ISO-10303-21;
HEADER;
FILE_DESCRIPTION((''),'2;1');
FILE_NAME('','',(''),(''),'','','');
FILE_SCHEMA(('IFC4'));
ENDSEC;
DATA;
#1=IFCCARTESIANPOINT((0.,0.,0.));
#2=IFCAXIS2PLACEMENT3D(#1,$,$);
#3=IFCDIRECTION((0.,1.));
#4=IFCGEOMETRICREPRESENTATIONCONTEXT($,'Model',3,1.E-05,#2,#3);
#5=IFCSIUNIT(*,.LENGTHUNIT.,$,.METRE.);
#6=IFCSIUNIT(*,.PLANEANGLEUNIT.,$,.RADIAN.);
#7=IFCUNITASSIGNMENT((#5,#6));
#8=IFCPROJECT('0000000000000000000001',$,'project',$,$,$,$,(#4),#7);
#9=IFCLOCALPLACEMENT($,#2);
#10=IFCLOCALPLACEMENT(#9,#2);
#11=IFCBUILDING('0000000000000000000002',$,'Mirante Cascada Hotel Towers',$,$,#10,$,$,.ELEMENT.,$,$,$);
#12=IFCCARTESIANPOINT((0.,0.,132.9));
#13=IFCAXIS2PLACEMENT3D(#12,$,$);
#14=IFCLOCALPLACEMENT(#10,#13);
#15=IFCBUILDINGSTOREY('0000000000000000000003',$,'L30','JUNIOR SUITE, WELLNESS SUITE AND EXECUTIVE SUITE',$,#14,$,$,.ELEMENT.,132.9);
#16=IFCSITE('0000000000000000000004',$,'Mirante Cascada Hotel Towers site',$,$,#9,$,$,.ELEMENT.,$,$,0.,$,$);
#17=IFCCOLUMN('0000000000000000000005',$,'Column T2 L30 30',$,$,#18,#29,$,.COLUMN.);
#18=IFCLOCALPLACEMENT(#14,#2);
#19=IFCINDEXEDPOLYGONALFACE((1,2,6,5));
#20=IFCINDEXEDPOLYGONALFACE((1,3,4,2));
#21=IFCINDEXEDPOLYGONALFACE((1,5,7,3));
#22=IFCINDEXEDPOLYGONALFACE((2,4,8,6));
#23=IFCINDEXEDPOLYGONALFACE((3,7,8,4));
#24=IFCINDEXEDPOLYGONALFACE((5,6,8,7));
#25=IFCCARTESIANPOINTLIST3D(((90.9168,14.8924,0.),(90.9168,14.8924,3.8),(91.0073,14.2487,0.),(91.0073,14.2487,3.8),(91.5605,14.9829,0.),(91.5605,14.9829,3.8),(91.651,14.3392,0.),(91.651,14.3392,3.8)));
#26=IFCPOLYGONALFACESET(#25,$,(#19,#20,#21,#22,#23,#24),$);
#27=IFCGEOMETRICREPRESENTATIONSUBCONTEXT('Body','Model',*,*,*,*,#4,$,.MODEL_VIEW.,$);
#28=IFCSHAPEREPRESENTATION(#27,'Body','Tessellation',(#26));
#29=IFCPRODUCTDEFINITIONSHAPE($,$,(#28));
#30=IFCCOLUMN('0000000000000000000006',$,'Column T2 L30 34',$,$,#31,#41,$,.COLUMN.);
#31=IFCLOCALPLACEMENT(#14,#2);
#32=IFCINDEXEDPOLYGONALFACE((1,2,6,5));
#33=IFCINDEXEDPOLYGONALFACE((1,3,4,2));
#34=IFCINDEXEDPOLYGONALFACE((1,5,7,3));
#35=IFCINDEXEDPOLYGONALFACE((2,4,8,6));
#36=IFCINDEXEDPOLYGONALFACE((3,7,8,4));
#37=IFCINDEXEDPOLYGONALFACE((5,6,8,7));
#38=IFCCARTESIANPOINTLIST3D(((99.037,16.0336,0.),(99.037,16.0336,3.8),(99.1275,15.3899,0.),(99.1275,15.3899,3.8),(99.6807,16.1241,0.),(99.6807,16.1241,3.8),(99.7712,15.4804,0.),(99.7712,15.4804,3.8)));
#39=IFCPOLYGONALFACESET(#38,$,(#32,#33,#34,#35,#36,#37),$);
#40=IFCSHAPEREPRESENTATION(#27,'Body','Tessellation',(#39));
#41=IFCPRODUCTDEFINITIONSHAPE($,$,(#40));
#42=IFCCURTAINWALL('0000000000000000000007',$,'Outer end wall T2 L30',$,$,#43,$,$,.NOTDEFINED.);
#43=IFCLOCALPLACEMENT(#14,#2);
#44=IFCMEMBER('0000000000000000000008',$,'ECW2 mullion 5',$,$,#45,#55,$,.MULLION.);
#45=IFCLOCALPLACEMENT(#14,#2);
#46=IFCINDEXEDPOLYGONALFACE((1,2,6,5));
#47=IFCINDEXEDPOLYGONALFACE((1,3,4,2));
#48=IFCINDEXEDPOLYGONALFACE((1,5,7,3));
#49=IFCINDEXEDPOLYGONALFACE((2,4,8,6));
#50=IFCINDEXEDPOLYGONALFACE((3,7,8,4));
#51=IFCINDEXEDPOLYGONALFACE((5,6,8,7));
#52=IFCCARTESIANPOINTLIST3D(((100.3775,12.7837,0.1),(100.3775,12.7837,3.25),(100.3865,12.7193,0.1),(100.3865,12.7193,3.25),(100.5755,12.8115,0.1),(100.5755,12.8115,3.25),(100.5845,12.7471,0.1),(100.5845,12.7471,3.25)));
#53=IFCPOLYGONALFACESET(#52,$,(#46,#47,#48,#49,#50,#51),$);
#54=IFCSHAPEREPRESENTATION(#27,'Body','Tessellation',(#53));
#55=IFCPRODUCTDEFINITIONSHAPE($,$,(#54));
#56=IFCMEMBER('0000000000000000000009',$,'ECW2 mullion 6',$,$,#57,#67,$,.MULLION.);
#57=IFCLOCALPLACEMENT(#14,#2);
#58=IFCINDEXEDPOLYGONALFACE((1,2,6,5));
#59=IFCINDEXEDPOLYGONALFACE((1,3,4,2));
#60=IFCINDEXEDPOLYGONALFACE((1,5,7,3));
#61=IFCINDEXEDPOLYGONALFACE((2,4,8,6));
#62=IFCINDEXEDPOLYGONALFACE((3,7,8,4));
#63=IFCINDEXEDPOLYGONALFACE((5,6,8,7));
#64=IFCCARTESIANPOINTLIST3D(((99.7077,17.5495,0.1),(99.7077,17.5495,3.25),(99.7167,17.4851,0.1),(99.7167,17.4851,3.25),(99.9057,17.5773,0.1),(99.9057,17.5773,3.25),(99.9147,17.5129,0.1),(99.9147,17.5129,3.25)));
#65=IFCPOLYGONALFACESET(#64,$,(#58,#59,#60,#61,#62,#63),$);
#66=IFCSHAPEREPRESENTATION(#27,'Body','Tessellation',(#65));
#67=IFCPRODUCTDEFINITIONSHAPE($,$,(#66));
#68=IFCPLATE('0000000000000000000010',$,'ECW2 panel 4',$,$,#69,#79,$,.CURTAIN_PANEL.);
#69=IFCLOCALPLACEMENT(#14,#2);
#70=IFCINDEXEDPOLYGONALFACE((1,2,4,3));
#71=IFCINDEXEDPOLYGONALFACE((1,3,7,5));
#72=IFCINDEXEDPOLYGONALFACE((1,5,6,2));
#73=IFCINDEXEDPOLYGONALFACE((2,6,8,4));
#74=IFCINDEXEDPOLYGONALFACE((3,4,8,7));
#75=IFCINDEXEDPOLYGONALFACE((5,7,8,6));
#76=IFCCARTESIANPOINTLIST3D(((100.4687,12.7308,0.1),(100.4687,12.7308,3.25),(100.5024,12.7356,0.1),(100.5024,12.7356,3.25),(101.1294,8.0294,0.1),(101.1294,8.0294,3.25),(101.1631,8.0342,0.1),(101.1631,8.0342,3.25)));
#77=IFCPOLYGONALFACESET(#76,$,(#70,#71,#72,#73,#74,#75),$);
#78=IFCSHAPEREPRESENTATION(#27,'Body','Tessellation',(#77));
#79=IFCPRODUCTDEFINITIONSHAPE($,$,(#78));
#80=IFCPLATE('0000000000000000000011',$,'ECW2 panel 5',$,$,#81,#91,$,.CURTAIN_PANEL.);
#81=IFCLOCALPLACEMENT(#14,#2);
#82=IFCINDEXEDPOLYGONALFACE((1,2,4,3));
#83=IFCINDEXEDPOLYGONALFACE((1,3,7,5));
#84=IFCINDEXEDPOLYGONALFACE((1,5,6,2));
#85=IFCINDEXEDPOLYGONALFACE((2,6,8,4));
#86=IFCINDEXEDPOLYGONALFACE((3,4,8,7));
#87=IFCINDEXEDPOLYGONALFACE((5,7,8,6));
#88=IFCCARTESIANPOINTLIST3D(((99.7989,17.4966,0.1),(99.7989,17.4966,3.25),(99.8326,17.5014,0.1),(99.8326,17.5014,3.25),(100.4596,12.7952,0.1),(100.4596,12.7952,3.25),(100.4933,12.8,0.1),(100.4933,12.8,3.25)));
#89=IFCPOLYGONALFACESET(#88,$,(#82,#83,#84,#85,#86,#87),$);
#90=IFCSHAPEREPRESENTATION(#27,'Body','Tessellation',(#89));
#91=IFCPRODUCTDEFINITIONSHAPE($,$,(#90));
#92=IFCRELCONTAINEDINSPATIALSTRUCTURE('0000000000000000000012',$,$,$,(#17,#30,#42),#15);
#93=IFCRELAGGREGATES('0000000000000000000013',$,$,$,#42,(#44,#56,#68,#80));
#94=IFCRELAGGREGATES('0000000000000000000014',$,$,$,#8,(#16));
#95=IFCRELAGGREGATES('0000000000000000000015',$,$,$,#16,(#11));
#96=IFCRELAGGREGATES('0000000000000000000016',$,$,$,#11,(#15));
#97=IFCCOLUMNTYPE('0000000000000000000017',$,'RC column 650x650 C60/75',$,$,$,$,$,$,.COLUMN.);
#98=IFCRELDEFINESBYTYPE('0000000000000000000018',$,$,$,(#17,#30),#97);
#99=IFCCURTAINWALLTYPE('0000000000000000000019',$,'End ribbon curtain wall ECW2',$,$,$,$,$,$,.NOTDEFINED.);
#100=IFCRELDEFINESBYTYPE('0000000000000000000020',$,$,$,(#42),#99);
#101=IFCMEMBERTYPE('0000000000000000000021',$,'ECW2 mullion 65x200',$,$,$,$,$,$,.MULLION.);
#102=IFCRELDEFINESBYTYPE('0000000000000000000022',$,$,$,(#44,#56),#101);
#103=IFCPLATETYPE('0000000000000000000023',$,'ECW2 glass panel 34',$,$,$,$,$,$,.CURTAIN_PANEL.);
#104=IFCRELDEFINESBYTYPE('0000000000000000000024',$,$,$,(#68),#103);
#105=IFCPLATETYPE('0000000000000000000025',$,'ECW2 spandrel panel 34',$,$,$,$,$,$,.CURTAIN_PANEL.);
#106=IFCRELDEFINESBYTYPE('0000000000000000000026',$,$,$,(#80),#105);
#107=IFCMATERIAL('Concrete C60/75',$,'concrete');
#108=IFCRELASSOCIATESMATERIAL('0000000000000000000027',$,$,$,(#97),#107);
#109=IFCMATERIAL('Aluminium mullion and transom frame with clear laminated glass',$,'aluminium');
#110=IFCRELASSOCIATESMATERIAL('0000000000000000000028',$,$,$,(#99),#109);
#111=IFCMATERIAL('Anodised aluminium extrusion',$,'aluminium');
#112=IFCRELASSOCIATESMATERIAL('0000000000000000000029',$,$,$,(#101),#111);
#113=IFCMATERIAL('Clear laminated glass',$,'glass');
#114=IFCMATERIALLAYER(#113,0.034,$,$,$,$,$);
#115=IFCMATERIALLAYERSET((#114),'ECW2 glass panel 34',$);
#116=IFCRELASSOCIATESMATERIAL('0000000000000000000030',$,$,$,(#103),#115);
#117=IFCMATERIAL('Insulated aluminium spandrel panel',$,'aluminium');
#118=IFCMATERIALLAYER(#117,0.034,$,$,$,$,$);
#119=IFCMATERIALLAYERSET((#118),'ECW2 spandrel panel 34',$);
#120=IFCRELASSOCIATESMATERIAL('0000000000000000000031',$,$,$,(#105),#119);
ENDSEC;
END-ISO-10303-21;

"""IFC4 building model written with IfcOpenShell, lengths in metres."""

from ifc_helpers import new_model, si_unit, direction, frame, origin, origin_2d, place, context, subcontext, project, spatial, rectangle, extrude, material, layer, layer_set, material_profile, profile_set, type_object, element, aggregate, save


model = new_model("IFC4")

# Units and contexts
model_context = context("Model", 3, precision=1e-05, world=origin(), true_north=direction((0.0, 1.0)))
body_context = subcontext(model_context, "Body", "Model", "MODEL_VIEW")
ifc_project = project(units=[si_unit("LENGTHUNIT", "METRE"), si_unit("PLANEANGLEUNIT", "RADIAN")], contexts=[model_context])

# Site, building, storey
site_placement = place(None, origin())
site = spatial("IfcSite", under=ifc_project, at=site_placement, Name="Mirante Cascada Hotel Towers site", CompositionType="ELEMENT", RefElevation=0.0)
building_placement = place(site_placement, origin())
building = spatial("IfcBuilding", under=site, at=building_placement, Name="Mirante Cascada Hotel Towers", CompositionType="ELEMENT")
storey_placement = place(building_placement, frame((0.0, 0.0, 132.9)))
storey = spatial("IfcBuildingStorey", under=building, at=storey_placement, Name="L30", Description="JUNIOR SUITE, WELLNESS SUITE AND EXECUTIVE SUITE", CompositionType="ELEMENT", Elevation=132.9)

# Columns
ifc_material_1 = material(Name="Concrete C60/75", Category="concrete")
ifc_material_profile_1 = material_profile(ifc_material_1, rectangle(XDim=0.65, YDim=0.65, at=origin_2d()), Name="RC column 650x650 C60/75")
ifc_profile_set_1 = profile_set([ifc_material_profile_1], Name="Concrete C60/75")
column_type = type_object("IfcColumnType", Name="RC column 650x650 C60/75", PredefinedType="COLUMN", material=ifc_profile_set_1)
for number, where, z_axis, x_axis, name in (
    (1, (91.2839, 14.6158, 0.0), (0.0, 0.0, 1.0), (0.990268, 0.139173, 0.0), "Column T2 L30 30"),
    (2, (99.4041, 15.757, 0.0), (0.0, 0.0, 1.0), (0.990268, 0.139173, 0.0), "Column T2 L30 34"),
):
    element("IfcColumn", number, at=place(storey_placement, frame(where, z_axis=z_axis, x_axis=x_axis)), inside=storey, type_object=column_type, Name=name, PredefinedType="COLUMN", context=body_context, shape_type="SweptSolid", body=[
        extrude(rectangle(XDim=0.65, YDim=0.65, at=origin_2d()), origin(), (0.0, 0.0, 1.0), 3.8),
    ])

# Curtain wall, members, plates
ifc_material_2 = material(Name="Aluminium mullion and transom frame with clear laminated glass", Category="aluminium")
curtain_wall_type = type_object("IfcCurtainWallType", Name="End ribbon curtain wall ECW2", PredefinedType="NOTDEFINED", material=ifc_material_2)
curtain_wall_placement = place(storey_placement, origin())
curtain_wall = element("IfcCurtainWall", 3, at=curtain_wall_placement, inside=storey, type_object=curtain_wall_type, Name="Outer end wall T2 L30", PredefinedType="NOTDEFINED")
ifc_material_3 = material(Name="Anodised aluminium extrusion", Category="aluminium")
ifc_material_profile_2 = material_profile(ifc_material_3, rectangle(XDim=0.2, YDim=0.065, at=origin_2d()), Name="ECW2 MULLION 65x200")
ifc_profile_set_2 = profile_set([ifc_material_profile_2], Name="Anodised aluminium extrusion")
member_type = type_object("IfcMemberType", Name="ECW2 mullion 65x200", PredefinedType="MULLION", material=ifc_profile_set_2)
member_1_placement = place(storey_placement, frame((100.481, 12.7654, 0.1), z_axis=(0.0, 0.0, 1.0), x_axis=(-0.990268, -0.139173, 0.0)))
member_1 = element("IfcMember", 4, at=member_1_placement, type_object=member_type, Name="ECW2 mullion 5", PredefinedType="MULLION", context=body_context, shape_type="SweptSolid", body=[
    extrude(rectangle(XDim=0.2, YDim=0.065, at=origin_2d()), origin(), (0.0, 0.0, 1.0), 3.15),
])
member_2_placement = place(storey_placement, frame((99.8112, 17.5312, 0.1), z_axis=(0.0, 0.0, 1.0), x_axis=(-0.990268, -0.139173, 0.0)))
member_2 = element("IfcMember", 5, at=member_2_placement, type_object=member_type, Name="ECW2 mullion 6", PredefinedType="MULLION", context=body_context, shape_type="SweptSolid", body=[
    extrude(rectangle(XDim=0.2, YDim=0.065, at=origin_2d()), origin(), (0.0, 0.0, 1.0), 3.15),
])
ifc_material_4 = material(Name="Clear laminated glass", Category="glass")
ifc_layer_1 = layer(ifc_material_4, 0.034)
ifc_layer_set_1 = layer_set([ifc_layer_1], Name="ECW2 glass panel 34")
plate_type_1 = type_object("IfcPlateType", Name="ECW2 glass panel 34", PredefinedType="CURTAIN_PANEL", material=ifc_layer_set_1)
plate_1_placement = place(storey_placement, frame((100.8159, 10.3825, 0.1), z_axis=(0.0, 0.0, 1.0), x_axis=(-0.139173, 0.990268, 0.0)))
plate_1 = element("IfcPlate", 6, at=plate_1_placement, type_object=plate_type_1, Name="ECW2 panel 4", PredefinedType="CURTAIN_PANEL", context=body_context, shape_type="SweptSolid", body=[
    extrude(rectangle(XDim=4.7476, YDim=0.034, at=origin_2d()), origin(), (0.0, 0.0, 1.0), 3.15),
])
ifc_material_5 = material(Name="Insulated aluminium spandrel panel", Category="aluminium")
ifc_layer_2 = layer(ifc_material_5, 0.034)
ifc_layer_set_2 = layer_set([ifc_layer_2], Name="ECW2 spandrel panel 34")
plate_type_2 = type_object("IfcPlateType", Name="ECW2 spandrel panel 34", PredefinedType="CURTAIN_PANEL", material=ifc_layer_set_2)
plate_2_placement = place(storey_placement, frame((100.1461, 15.1483, 0.1), z_axis=(0.0, 0.0, 1.0), x_axis=(-0.139173, 0.990268, 0.0)))
plate_2 = element("IfcPlate", 7, at=plate_2_placement, type_object=plate_type_2, Name="ECW2 panel 5", PredefinedType="CURTAIN_PANEL", context=body_context, shape_type="SweptSolid", body=[
    extrude(rectangle(XDim=4.7476, YDim=0.034, at=origin_2d()), origin(), (0.0, 0.0, 1.0), 3.15),
])
aggregate(curtain_wall, [member_1, member_2, plate_1, plate_2])

save(model, "model.ifc")
